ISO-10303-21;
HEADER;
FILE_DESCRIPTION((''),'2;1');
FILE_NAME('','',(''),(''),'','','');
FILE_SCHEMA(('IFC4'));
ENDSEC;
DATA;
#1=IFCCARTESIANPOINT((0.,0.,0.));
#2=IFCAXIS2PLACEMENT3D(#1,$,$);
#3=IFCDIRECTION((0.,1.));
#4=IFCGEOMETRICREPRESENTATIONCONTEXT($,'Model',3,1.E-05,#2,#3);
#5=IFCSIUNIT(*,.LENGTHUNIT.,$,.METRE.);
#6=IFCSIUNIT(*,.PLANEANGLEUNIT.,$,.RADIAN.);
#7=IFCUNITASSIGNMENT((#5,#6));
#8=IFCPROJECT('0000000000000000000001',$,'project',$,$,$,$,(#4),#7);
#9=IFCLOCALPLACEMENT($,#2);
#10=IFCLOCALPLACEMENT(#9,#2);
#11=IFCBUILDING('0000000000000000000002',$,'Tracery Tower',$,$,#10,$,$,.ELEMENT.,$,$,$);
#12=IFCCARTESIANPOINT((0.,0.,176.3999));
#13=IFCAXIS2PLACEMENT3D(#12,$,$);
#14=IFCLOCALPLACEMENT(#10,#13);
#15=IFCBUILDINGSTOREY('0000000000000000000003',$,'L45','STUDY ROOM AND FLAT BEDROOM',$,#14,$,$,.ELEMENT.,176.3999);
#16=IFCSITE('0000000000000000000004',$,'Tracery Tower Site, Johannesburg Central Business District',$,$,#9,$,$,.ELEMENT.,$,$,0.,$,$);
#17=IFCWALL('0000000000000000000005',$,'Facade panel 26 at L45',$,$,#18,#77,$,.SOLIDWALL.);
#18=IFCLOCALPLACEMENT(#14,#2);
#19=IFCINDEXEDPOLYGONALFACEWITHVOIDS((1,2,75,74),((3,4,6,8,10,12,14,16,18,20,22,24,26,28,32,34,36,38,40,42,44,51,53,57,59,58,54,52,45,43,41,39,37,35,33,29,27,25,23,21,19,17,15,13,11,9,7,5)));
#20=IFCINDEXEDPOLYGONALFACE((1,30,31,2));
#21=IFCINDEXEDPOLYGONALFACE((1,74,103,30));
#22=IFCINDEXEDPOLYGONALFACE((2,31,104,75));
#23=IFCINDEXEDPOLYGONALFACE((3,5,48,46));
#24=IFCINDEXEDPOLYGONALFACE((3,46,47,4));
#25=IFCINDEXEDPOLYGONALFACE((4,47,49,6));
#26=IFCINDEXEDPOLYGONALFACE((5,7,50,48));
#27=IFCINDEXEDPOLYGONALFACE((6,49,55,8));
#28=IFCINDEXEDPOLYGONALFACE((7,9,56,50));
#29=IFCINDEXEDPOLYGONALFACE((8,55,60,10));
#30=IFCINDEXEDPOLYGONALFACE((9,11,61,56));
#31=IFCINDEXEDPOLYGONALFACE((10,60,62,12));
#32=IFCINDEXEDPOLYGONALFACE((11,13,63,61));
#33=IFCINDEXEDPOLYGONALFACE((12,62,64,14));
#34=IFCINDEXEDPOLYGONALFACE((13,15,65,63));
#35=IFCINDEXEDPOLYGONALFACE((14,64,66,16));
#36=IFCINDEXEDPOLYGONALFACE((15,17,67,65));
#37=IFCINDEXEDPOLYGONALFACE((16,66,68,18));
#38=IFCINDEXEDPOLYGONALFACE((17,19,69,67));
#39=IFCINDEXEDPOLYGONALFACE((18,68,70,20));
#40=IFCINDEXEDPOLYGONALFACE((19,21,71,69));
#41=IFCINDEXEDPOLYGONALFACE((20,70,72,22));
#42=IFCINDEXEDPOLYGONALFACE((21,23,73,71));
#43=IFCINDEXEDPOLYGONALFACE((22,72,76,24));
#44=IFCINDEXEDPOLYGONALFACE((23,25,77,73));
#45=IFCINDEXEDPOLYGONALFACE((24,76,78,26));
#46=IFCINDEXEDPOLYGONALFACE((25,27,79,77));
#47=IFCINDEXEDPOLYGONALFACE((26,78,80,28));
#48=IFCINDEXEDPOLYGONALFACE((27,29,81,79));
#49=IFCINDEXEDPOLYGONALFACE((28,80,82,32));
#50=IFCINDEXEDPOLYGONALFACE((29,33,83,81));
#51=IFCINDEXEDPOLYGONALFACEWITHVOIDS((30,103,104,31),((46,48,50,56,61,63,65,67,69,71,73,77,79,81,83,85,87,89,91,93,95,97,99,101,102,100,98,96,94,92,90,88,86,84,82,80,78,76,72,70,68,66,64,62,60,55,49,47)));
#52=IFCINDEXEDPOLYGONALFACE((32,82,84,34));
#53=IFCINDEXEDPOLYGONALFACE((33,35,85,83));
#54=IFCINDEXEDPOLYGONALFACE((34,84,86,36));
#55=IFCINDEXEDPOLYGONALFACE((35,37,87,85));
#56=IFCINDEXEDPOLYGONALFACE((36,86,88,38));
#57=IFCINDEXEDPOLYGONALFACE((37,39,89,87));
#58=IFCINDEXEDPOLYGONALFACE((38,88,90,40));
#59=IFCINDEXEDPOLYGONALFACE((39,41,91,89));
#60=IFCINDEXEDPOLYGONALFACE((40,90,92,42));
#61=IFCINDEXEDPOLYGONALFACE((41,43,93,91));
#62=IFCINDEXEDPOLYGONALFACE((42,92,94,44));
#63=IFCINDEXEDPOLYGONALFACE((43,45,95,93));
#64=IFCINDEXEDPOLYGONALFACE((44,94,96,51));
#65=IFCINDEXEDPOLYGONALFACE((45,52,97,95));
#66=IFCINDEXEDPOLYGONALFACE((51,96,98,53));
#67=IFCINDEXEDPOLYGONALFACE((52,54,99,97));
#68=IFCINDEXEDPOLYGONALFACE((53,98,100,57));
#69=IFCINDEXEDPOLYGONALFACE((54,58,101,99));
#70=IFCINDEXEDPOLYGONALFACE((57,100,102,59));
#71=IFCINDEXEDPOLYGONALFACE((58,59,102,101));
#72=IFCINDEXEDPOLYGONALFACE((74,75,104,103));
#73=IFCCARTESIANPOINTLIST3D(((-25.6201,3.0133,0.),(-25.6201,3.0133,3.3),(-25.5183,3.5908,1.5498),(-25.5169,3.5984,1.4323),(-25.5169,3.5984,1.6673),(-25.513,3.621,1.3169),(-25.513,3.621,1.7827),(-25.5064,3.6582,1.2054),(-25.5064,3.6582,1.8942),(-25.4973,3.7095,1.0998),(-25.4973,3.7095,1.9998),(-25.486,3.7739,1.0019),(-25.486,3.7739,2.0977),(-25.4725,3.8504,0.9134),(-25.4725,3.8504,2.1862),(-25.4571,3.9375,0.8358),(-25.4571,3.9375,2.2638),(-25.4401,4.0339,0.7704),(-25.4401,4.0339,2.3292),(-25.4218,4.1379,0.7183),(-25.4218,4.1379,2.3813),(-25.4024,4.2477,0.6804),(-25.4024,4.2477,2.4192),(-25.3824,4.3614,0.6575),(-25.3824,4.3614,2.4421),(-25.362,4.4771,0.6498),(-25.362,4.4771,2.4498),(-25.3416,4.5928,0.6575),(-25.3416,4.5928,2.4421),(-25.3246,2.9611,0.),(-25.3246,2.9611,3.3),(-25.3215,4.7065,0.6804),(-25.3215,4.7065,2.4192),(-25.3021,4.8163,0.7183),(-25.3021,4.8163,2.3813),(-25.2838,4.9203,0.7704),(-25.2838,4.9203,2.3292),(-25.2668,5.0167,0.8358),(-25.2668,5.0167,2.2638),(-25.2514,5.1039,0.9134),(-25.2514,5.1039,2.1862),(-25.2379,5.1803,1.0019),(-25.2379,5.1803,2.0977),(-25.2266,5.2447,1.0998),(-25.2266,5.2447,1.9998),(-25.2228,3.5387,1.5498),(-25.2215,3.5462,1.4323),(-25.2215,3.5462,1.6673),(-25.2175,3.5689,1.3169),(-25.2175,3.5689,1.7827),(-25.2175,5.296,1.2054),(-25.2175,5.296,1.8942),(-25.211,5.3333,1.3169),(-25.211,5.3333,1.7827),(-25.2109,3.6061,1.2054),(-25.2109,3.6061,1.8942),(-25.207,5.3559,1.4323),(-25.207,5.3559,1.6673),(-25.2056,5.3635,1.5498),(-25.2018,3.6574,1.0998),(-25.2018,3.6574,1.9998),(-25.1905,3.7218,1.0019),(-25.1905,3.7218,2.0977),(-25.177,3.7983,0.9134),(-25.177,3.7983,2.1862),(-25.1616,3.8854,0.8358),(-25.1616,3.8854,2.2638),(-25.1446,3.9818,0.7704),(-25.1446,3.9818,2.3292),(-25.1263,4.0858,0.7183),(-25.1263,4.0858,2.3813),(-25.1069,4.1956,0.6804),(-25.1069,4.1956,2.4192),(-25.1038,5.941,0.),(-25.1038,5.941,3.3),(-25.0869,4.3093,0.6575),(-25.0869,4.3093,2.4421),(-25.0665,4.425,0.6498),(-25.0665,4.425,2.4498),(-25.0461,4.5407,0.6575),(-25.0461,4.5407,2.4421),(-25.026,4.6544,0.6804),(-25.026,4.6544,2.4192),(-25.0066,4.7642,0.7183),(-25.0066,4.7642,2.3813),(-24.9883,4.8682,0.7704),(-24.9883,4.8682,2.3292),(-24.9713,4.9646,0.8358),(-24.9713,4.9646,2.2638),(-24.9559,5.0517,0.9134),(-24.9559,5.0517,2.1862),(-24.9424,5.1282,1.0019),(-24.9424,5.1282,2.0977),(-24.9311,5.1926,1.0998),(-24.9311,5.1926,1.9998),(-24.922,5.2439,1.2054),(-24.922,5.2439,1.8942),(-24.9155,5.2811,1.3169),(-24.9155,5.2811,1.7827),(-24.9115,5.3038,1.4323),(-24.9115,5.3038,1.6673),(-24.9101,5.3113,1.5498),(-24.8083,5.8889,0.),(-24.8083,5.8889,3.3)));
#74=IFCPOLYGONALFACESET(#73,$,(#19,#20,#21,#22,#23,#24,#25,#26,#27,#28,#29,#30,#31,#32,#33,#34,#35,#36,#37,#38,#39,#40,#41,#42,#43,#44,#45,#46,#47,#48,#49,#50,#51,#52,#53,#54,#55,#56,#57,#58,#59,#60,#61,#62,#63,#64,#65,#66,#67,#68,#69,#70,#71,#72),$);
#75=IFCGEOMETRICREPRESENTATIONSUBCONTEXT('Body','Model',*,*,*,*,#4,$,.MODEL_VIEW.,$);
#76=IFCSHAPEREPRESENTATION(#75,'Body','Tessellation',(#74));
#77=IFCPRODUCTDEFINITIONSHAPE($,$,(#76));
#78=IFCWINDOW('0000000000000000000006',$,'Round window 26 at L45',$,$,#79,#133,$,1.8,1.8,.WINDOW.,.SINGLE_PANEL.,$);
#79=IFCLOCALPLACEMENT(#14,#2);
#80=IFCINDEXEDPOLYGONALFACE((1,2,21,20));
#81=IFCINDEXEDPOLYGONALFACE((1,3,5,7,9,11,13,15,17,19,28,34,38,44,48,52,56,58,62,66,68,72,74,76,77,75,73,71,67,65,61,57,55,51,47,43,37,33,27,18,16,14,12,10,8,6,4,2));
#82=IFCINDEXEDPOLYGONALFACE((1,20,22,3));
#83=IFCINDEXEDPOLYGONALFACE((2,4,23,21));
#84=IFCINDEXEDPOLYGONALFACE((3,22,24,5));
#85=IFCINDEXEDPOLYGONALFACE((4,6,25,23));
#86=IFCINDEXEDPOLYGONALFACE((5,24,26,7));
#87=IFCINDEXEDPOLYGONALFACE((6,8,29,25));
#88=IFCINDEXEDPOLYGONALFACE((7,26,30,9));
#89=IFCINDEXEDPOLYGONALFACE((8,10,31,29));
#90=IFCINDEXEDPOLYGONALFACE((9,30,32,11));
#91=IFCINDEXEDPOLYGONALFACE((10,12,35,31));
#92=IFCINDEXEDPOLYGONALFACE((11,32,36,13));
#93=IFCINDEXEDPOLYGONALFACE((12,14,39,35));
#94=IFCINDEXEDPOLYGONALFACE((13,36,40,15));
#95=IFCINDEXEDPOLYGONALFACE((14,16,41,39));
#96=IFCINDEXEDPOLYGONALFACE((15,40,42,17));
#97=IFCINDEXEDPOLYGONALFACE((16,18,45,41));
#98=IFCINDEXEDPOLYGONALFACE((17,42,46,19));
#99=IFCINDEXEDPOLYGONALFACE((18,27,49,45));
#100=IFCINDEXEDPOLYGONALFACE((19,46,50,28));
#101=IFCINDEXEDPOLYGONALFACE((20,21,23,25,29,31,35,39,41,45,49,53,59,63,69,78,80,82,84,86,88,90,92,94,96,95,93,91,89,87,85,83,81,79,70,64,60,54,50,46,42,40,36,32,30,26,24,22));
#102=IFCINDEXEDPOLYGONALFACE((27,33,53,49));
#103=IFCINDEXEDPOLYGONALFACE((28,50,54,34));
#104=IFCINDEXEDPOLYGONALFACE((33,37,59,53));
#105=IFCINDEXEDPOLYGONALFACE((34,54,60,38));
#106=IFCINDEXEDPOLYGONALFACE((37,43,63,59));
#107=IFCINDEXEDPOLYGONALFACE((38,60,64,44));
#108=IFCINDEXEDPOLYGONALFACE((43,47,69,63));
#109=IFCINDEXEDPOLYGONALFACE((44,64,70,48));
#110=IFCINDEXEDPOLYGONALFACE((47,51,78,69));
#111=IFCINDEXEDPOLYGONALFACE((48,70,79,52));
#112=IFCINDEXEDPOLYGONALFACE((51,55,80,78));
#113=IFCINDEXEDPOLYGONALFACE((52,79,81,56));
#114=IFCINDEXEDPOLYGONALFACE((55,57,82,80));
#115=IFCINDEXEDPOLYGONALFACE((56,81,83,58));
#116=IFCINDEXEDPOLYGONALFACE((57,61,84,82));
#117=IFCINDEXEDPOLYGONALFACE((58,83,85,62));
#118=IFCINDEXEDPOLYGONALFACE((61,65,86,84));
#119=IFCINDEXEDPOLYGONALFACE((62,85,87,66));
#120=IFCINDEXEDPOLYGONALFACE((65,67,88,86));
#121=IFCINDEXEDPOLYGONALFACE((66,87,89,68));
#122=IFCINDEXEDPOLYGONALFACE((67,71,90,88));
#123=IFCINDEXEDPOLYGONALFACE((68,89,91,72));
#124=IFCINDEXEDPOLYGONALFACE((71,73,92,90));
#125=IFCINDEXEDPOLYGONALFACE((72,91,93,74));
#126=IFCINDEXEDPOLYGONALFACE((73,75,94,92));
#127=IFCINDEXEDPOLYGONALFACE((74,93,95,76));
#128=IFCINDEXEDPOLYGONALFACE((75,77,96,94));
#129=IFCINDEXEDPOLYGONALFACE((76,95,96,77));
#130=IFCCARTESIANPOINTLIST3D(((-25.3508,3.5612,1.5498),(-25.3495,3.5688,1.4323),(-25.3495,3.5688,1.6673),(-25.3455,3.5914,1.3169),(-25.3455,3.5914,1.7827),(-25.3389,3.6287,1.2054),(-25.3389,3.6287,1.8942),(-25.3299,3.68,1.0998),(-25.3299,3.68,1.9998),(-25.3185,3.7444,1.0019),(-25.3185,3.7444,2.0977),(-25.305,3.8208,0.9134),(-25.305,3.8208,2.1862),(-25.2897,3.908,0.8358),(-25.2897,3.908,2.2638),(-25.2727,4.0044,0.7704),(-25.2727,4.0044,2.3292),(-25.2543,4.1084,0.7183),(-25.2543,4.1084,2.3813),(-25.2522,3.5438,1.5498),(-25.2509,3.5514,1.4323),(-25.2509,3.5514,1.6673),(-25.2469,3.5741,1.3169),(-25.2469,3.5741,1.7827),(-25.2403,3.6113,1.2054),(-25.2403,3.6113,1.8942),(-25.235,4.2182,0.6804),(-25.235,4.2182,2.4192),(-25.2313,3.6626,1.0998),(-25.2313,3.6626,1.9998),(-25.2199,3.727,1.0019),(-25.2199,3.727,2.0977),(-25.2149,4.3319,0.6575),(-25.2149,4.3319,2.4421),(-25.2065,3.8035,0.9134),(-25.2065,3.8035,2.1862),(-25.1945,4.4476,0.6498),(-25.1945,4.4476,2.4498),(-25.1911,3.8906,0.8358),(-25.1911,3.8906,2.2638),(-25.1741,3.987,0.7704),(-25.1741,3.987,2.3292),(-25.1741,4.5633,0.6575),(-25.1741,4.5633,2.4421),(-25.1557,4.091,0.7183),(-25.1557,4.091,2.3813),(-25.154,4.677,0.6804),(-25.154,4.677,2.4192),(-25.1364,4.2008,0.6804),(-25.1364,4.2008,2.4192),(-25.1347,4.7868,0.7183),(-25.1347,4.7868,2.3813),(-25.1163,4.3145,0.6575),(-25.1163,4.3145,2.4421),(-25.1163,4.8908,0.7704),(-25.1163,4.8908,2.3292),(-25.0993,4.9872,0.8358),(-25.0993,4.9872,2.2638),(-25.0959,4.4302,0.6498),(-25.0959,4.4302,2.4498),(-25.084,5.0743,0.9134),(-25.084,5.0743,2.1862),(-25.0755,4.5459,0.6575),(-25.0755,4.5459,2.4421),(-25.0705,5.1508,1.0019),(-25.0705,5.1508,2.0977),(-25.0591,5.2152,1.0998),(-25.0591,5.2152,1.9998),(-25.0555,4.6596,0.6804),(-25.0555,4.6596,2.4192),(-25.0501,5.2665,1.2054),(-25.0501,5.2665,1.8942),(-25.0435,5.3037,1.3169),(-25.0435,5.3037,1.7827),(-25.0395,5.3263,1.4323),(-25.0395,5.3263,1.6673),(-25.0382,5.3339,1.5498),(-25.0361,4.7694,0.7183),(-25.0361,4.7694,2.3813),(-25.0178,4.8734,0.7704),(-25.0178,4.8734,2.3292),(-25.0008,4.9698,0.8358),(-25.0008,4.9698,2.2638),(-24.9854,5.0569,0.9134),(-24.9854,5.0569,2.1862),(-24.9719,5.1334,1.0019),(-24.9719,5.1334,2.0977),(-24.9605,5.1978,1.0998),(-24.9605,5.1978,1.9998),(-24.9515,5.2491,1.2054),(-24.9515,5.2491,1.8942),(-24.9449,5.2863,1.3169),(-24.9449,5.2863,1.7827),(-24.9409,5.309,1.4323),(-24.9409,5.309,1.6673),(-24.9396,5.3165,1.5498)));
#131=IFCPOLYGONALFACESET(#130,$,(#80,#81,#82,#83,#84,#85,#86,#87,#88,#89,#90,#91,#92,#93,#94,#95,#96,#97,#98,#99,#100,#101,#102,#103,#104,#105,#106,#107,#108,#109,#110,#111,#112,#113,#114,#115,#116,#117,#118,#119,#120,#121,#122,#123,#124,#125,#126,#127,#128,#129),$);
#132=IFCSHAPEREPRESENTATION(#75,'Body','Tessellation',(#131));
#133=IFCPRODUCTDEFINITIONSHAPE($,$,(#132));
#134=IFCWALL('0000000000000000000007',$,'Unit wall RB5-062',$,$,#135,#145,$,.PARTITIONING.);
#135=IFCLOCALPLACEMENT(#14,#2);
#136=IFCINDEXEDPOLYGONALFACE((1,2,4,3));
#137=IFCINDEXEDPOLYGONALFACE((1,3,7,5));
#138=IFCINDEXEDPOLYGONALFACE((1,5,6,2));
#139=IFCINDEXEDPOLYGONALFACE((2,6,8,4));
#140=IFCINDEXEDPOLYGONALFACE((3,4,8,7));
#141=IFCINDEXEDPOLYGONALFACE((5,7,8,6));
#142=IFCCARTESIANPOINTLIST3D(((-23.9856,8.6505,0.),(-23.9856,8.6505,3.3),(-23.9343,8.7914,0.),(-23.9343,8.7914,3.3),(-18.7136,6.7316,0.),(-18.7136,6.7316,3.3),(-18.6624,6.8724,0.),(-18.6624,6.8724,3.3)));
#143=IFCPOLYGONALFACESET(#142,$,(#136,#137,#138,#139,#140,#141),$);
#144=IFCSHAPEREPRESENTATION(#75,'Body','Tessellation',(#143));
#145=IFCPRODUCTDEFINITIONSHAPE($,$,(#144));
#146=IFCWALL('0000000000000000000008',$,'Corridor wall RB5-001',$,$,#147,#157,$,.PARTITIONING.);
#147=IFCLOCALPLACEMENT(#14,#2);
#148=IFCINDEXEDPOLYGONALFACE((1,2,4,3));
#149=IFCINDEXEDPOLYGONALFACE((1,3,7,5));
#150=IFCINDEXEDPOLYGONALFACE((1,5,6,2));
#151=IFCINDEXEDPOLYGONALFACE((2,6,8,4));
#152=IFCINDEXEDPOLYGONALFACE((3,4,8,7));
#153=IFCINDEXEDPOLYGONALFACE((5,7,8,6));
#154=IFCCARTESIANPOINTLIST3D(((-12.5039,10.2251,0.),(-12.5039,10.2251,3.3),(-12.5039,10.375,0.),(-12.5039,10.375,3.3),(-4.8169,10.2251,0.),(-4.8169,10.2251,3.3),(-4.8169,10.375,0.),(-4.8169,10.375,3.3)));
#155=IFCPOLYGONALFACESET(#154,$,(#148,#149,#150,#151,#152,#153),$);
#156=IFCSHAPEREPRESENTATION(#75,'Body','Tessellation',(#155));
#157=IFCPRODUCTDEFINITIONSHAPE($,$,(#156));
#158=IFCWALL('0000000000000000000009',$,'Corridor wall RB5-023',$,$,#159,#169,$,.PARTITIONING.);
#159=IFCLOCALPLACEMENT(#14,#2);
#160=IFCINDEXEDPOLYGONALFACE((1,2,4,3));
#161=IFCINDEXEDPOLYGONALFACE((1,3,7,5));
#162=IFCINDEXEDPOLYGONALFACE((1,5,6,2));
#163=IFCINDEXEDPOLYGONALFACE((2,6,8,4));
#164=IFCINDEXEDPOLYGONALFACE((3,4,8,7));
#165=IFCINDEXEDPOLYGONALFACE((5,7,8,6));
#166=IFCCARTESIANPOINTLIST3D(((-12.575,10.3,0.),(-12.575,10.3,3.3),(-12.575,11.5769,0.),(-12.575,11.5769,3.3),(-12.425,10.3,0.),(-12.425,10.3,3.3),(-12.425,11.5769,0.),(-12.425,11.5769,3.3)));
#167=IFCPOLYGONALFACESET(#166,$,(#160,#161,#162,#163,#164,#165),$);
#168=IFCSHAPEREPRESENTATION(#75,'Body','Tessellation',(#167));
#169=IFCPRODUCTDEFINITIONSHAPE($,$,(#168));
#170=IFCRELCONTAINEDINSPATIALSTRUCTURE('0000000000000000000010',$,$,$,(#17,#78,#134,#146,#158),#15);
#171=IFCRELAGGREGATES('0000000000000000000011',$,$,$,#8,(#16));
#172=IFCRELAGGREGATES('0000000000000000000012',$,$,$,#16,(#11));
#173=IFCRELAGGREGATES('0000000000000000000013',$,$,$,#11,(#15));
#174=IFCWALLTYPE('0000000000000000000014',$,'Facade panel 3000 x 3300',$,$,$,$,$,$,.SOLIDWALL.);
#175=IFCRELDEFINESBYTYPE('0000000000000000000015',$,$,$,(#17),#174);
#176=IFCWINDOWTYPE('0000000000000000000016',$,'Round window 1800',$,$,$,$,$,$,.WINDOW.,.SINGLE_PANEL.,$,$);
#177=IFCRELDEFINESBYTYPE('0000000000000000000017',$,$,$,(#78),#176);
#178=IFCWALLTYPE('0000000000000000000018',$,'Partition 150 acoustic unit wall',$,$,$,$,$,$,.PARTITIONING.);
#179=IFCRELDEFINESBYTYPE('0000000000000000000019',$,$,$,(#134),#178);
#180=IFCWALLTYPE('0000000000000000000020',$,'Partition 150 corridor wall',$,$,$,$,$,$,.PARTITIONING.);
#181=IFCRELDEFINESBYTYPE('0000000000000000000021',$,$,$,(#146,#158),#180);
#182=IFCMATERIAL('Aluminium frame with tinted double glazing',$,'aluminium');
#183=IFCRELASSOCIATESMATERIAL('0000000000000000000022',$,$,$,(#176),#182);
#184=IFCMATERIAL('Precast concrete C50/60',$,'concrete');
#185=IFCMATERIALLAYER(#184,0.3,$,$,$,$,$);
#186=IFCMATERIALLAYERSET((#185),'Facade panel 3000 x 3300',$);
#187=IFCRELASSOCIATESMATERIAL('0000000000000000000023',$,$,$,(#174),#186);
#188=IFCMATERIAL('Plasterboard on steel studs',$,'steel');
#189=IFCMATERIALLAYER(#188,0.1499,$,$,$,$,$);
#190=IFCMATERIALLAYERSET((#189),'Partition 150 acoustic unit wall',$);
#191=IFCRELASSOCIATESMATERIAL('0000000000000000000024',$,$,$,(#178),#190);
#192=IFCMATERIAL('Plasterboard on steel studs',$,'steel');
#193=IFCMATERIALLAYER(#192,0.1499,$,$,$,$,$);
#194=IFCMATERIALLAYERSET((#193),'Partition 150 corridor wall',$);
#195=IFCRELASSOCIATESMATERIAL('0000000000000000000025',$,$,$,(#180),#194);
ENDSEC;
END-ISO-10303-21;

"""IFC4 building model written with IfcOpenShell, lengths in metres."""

from ifc_helpers import new_model, si_unit, direction, frame, frame_2d, origin, origin_2d, place, context, subcontext, project, spatial, rectangle, circle, extrude, material, layer, layer_set, type_object, element, fill, save


model = new_model("IFC4")

# Units and contexts
model_context = context("Model", 3, precision=1e-05, world=origin(), true_north=direction((0.0, 1.0)))
body_context = subcontext(model_context, "Body", "Model", "MODEL_VIEW")
ifc_project = project(units=[si_unit("LENGTHUNIT", "METRE"), si_unit("PLANEANGLEUNIT", "RADIAN")], contexts=[model_context])

# Site, building, storey
site_placement = place(None, origin())
site = spatial("IfcSite", under=ifc_project, at=site_placement, Name="Tracery Tower Site, Johannesburg Central Business District", CompositionType="ELEMENT", RefElevation=0.0)
building_placement = place(site_placement, origin())
building = spatial("IfcBuilding", under=site, at=building_placement, Name="Tracery Tower", CompositionType="ELEMENT")
storey_placement = place(building_placement, frame((0.0, 0.0, 176.3999)))
storey = spatial("IfcBuildingStorey", under=building, at=storey_placement, Name="L45", Description="STUDY ROOM AND FLAT BEDROOM", CompositionType="ELEMENT", Elevation=176.3999)

# Wall, opening, window
ifc_material_1 = material(Name="Aluminium frame with tinted double glazing", Category="aluminium")
window_type = type_object("IfcWindowType", Name="Round window 1800", PartitioningType="SINGLE_PANEL", PredefinedType="WINDOW", material=ifc_material_1)
ifc_material_2 = material(Name="Precast concrete C50/60", Category="concrete")
ifc_layer_1 = layer(ifc_material_2, 0.3)
ifc_layer_set_1 = layer_set([ifc_layer_1], Name="Facade panel 3000 x 3300")
wall_type_1 = type_object("IfcWallType", Name="Facade panel 3000 x 3300", PredefinedType="SOLIDWALL", material=ifc_layer_set_1)
wall_1_placement = place(storey_placement, frame((-24.9561, 5.9148, 0.0), z_axis=(0.0, 0.0, 1.0), x_axis=(-0.173687, -0.984801, 0.0)))
wall_1 = element("IfcWall", 1, at=wall_1_placement, inside=storey, type_object=wall_type_1, Name="Facade panel 26 at L45", PredefinedType="SOLIDWALL", context=body_context, shape_type="SweptSolid", body=[
    extrude(rectangle(XDim=2.9729, YDim=0.3, at=frame_2d((1.4863, 0.0))), origin(), (0.0, 0.0, 1.0), 3.3),
])
opening_1_placement = place(wall_1_placement, frame((1.4863, 0.0, 1.5498)))
opening_1 = element("IfcOpeningElement", 2, at=opening_1_placement, cuts=wall_1, PredefinedType="OPENING", context=body_context, shape_type="SweptSolid", body=[
    extrude(circle(Radius=0.9, at=origin_2d()), frame((0.0, 0.1599, 0.0), z_axis=(0.0, -1.0, 0.0), x_axis=(1.0, 0.0, 0.0)), (0.0, 0.0, 1.0), 0.3201),
])
window_1_placement = place(opening_1_placement, origin())
window_1 = element("IfcWindow", 3, at=window_1_placement, inside=storey, type_object=window_type, Name="Round window 26 at L45", OverallHeight=1.8, OverallWidth=1.8, PartitioningType="SINGLE_PANEL", PredefinedType="WINDOW", context=body_context, shape_type="SweptSolid", body=[
    extrude(circle(Radius=0.9, at=origin_2d()), frame((0.0, 0.1201, 0.0), z_axis=(0.0, -1.0, 0.0), x_axis=(1.0, 0.0, 0.0)), (0.0, 0.0, 1.0), 0.1001),
])
fill(opening_1, window_1)

# Walls
ifc_material_3 = material(Name="Plasterboard on steel studs", Category="steel")
ifc_layer_2 = layer(ifc_material_3, 0.1499)
ifc_layer_set_2 = layer_set([ifc_layer_2], Name="Partition 150 acoustic unit wall")
wall_type_2 = type_object("IfcWallType", Name="Partition 150 acoustic unit wall", PredefinedType="PARTITIONING", material=ifc_layer_set_2)
wall_2_placement = place(storey_placement, frame((-23.96, 8.7209, 0.0), z_axis=(0.0, 0.0, 1.0), x_axis=(0.939687, -0.342037, 0.0)))
element("IfcWall", 4, at=wall_2_placement, inside=storey, type_object=wall_type_2, Name="Unit wall RB5-062", PredefinedType="PARTITIONING", context=body_context, shape_type="SweptSolid", body=[
    extrude(rectangle(XDim=5.6104, YDim=0.1499, at=frame_2d((2.8052, 0.0))), origin(), (0.0, 0.0, 1.0), 3.3),
])
ifc_material_4 = material(Name="Plasterboard on steel studs", Category="steel")
ifc_layer_3 = layer(ifc_material_4, 0.1499)
ifc_layer_set_3 = layer_set([ifc_layer_3], Name="Partition 150 corridor wall")
wall_type_3 = type_object("IfcWallType", Name="Partition 150 corridor wall", PredefinedType="PARTITIONING", material=ifc_layer_set_3)
wall_3_placement = place(storey_placement, frame((-12.5039, 10.3, 0.0), z_axis=(0.0, 0.0, 1.0), x_axis=(1.0, 0.0, 0.0)))
element("IfcWall", 5, at=wall_3_placement, inside=storey, type_object=wall_type_3, Name="Corridor wall RB5-001", PredefinedType="PARTITIONING", context=body_context, shape_type="SweptSolid", body=[
    extrude(rectangle(XDim=7.687, YDim=0.1499, at=frame_2d((3.8435, 0.0))), origin(), (0.0, 0.0, 1.0), 3.3),
])
wall_4_placement = place(storey_placement, frame((-12.5, 10.3, 0.0), z_axis=(0.0, 0.0, 1.0), x_axis=(0.0, 1.0, 0.0)))
element("IfcWall", 6, at=wall_4_placement, inside=storey, type_object=wall_type_3, Name="Corridor wall RB5-023", PredefinedType="PARTITIONING", context=body_context, shape_type="SweptSolid", body=[
    extrude(rectangle(XDim=1.2769, YDim=0.1499, at=frame_2d((0.6384, 0.0))), origin(), (0.0, 0.0, 1.0), 3.3),
])

save(model, "model.ifc")
